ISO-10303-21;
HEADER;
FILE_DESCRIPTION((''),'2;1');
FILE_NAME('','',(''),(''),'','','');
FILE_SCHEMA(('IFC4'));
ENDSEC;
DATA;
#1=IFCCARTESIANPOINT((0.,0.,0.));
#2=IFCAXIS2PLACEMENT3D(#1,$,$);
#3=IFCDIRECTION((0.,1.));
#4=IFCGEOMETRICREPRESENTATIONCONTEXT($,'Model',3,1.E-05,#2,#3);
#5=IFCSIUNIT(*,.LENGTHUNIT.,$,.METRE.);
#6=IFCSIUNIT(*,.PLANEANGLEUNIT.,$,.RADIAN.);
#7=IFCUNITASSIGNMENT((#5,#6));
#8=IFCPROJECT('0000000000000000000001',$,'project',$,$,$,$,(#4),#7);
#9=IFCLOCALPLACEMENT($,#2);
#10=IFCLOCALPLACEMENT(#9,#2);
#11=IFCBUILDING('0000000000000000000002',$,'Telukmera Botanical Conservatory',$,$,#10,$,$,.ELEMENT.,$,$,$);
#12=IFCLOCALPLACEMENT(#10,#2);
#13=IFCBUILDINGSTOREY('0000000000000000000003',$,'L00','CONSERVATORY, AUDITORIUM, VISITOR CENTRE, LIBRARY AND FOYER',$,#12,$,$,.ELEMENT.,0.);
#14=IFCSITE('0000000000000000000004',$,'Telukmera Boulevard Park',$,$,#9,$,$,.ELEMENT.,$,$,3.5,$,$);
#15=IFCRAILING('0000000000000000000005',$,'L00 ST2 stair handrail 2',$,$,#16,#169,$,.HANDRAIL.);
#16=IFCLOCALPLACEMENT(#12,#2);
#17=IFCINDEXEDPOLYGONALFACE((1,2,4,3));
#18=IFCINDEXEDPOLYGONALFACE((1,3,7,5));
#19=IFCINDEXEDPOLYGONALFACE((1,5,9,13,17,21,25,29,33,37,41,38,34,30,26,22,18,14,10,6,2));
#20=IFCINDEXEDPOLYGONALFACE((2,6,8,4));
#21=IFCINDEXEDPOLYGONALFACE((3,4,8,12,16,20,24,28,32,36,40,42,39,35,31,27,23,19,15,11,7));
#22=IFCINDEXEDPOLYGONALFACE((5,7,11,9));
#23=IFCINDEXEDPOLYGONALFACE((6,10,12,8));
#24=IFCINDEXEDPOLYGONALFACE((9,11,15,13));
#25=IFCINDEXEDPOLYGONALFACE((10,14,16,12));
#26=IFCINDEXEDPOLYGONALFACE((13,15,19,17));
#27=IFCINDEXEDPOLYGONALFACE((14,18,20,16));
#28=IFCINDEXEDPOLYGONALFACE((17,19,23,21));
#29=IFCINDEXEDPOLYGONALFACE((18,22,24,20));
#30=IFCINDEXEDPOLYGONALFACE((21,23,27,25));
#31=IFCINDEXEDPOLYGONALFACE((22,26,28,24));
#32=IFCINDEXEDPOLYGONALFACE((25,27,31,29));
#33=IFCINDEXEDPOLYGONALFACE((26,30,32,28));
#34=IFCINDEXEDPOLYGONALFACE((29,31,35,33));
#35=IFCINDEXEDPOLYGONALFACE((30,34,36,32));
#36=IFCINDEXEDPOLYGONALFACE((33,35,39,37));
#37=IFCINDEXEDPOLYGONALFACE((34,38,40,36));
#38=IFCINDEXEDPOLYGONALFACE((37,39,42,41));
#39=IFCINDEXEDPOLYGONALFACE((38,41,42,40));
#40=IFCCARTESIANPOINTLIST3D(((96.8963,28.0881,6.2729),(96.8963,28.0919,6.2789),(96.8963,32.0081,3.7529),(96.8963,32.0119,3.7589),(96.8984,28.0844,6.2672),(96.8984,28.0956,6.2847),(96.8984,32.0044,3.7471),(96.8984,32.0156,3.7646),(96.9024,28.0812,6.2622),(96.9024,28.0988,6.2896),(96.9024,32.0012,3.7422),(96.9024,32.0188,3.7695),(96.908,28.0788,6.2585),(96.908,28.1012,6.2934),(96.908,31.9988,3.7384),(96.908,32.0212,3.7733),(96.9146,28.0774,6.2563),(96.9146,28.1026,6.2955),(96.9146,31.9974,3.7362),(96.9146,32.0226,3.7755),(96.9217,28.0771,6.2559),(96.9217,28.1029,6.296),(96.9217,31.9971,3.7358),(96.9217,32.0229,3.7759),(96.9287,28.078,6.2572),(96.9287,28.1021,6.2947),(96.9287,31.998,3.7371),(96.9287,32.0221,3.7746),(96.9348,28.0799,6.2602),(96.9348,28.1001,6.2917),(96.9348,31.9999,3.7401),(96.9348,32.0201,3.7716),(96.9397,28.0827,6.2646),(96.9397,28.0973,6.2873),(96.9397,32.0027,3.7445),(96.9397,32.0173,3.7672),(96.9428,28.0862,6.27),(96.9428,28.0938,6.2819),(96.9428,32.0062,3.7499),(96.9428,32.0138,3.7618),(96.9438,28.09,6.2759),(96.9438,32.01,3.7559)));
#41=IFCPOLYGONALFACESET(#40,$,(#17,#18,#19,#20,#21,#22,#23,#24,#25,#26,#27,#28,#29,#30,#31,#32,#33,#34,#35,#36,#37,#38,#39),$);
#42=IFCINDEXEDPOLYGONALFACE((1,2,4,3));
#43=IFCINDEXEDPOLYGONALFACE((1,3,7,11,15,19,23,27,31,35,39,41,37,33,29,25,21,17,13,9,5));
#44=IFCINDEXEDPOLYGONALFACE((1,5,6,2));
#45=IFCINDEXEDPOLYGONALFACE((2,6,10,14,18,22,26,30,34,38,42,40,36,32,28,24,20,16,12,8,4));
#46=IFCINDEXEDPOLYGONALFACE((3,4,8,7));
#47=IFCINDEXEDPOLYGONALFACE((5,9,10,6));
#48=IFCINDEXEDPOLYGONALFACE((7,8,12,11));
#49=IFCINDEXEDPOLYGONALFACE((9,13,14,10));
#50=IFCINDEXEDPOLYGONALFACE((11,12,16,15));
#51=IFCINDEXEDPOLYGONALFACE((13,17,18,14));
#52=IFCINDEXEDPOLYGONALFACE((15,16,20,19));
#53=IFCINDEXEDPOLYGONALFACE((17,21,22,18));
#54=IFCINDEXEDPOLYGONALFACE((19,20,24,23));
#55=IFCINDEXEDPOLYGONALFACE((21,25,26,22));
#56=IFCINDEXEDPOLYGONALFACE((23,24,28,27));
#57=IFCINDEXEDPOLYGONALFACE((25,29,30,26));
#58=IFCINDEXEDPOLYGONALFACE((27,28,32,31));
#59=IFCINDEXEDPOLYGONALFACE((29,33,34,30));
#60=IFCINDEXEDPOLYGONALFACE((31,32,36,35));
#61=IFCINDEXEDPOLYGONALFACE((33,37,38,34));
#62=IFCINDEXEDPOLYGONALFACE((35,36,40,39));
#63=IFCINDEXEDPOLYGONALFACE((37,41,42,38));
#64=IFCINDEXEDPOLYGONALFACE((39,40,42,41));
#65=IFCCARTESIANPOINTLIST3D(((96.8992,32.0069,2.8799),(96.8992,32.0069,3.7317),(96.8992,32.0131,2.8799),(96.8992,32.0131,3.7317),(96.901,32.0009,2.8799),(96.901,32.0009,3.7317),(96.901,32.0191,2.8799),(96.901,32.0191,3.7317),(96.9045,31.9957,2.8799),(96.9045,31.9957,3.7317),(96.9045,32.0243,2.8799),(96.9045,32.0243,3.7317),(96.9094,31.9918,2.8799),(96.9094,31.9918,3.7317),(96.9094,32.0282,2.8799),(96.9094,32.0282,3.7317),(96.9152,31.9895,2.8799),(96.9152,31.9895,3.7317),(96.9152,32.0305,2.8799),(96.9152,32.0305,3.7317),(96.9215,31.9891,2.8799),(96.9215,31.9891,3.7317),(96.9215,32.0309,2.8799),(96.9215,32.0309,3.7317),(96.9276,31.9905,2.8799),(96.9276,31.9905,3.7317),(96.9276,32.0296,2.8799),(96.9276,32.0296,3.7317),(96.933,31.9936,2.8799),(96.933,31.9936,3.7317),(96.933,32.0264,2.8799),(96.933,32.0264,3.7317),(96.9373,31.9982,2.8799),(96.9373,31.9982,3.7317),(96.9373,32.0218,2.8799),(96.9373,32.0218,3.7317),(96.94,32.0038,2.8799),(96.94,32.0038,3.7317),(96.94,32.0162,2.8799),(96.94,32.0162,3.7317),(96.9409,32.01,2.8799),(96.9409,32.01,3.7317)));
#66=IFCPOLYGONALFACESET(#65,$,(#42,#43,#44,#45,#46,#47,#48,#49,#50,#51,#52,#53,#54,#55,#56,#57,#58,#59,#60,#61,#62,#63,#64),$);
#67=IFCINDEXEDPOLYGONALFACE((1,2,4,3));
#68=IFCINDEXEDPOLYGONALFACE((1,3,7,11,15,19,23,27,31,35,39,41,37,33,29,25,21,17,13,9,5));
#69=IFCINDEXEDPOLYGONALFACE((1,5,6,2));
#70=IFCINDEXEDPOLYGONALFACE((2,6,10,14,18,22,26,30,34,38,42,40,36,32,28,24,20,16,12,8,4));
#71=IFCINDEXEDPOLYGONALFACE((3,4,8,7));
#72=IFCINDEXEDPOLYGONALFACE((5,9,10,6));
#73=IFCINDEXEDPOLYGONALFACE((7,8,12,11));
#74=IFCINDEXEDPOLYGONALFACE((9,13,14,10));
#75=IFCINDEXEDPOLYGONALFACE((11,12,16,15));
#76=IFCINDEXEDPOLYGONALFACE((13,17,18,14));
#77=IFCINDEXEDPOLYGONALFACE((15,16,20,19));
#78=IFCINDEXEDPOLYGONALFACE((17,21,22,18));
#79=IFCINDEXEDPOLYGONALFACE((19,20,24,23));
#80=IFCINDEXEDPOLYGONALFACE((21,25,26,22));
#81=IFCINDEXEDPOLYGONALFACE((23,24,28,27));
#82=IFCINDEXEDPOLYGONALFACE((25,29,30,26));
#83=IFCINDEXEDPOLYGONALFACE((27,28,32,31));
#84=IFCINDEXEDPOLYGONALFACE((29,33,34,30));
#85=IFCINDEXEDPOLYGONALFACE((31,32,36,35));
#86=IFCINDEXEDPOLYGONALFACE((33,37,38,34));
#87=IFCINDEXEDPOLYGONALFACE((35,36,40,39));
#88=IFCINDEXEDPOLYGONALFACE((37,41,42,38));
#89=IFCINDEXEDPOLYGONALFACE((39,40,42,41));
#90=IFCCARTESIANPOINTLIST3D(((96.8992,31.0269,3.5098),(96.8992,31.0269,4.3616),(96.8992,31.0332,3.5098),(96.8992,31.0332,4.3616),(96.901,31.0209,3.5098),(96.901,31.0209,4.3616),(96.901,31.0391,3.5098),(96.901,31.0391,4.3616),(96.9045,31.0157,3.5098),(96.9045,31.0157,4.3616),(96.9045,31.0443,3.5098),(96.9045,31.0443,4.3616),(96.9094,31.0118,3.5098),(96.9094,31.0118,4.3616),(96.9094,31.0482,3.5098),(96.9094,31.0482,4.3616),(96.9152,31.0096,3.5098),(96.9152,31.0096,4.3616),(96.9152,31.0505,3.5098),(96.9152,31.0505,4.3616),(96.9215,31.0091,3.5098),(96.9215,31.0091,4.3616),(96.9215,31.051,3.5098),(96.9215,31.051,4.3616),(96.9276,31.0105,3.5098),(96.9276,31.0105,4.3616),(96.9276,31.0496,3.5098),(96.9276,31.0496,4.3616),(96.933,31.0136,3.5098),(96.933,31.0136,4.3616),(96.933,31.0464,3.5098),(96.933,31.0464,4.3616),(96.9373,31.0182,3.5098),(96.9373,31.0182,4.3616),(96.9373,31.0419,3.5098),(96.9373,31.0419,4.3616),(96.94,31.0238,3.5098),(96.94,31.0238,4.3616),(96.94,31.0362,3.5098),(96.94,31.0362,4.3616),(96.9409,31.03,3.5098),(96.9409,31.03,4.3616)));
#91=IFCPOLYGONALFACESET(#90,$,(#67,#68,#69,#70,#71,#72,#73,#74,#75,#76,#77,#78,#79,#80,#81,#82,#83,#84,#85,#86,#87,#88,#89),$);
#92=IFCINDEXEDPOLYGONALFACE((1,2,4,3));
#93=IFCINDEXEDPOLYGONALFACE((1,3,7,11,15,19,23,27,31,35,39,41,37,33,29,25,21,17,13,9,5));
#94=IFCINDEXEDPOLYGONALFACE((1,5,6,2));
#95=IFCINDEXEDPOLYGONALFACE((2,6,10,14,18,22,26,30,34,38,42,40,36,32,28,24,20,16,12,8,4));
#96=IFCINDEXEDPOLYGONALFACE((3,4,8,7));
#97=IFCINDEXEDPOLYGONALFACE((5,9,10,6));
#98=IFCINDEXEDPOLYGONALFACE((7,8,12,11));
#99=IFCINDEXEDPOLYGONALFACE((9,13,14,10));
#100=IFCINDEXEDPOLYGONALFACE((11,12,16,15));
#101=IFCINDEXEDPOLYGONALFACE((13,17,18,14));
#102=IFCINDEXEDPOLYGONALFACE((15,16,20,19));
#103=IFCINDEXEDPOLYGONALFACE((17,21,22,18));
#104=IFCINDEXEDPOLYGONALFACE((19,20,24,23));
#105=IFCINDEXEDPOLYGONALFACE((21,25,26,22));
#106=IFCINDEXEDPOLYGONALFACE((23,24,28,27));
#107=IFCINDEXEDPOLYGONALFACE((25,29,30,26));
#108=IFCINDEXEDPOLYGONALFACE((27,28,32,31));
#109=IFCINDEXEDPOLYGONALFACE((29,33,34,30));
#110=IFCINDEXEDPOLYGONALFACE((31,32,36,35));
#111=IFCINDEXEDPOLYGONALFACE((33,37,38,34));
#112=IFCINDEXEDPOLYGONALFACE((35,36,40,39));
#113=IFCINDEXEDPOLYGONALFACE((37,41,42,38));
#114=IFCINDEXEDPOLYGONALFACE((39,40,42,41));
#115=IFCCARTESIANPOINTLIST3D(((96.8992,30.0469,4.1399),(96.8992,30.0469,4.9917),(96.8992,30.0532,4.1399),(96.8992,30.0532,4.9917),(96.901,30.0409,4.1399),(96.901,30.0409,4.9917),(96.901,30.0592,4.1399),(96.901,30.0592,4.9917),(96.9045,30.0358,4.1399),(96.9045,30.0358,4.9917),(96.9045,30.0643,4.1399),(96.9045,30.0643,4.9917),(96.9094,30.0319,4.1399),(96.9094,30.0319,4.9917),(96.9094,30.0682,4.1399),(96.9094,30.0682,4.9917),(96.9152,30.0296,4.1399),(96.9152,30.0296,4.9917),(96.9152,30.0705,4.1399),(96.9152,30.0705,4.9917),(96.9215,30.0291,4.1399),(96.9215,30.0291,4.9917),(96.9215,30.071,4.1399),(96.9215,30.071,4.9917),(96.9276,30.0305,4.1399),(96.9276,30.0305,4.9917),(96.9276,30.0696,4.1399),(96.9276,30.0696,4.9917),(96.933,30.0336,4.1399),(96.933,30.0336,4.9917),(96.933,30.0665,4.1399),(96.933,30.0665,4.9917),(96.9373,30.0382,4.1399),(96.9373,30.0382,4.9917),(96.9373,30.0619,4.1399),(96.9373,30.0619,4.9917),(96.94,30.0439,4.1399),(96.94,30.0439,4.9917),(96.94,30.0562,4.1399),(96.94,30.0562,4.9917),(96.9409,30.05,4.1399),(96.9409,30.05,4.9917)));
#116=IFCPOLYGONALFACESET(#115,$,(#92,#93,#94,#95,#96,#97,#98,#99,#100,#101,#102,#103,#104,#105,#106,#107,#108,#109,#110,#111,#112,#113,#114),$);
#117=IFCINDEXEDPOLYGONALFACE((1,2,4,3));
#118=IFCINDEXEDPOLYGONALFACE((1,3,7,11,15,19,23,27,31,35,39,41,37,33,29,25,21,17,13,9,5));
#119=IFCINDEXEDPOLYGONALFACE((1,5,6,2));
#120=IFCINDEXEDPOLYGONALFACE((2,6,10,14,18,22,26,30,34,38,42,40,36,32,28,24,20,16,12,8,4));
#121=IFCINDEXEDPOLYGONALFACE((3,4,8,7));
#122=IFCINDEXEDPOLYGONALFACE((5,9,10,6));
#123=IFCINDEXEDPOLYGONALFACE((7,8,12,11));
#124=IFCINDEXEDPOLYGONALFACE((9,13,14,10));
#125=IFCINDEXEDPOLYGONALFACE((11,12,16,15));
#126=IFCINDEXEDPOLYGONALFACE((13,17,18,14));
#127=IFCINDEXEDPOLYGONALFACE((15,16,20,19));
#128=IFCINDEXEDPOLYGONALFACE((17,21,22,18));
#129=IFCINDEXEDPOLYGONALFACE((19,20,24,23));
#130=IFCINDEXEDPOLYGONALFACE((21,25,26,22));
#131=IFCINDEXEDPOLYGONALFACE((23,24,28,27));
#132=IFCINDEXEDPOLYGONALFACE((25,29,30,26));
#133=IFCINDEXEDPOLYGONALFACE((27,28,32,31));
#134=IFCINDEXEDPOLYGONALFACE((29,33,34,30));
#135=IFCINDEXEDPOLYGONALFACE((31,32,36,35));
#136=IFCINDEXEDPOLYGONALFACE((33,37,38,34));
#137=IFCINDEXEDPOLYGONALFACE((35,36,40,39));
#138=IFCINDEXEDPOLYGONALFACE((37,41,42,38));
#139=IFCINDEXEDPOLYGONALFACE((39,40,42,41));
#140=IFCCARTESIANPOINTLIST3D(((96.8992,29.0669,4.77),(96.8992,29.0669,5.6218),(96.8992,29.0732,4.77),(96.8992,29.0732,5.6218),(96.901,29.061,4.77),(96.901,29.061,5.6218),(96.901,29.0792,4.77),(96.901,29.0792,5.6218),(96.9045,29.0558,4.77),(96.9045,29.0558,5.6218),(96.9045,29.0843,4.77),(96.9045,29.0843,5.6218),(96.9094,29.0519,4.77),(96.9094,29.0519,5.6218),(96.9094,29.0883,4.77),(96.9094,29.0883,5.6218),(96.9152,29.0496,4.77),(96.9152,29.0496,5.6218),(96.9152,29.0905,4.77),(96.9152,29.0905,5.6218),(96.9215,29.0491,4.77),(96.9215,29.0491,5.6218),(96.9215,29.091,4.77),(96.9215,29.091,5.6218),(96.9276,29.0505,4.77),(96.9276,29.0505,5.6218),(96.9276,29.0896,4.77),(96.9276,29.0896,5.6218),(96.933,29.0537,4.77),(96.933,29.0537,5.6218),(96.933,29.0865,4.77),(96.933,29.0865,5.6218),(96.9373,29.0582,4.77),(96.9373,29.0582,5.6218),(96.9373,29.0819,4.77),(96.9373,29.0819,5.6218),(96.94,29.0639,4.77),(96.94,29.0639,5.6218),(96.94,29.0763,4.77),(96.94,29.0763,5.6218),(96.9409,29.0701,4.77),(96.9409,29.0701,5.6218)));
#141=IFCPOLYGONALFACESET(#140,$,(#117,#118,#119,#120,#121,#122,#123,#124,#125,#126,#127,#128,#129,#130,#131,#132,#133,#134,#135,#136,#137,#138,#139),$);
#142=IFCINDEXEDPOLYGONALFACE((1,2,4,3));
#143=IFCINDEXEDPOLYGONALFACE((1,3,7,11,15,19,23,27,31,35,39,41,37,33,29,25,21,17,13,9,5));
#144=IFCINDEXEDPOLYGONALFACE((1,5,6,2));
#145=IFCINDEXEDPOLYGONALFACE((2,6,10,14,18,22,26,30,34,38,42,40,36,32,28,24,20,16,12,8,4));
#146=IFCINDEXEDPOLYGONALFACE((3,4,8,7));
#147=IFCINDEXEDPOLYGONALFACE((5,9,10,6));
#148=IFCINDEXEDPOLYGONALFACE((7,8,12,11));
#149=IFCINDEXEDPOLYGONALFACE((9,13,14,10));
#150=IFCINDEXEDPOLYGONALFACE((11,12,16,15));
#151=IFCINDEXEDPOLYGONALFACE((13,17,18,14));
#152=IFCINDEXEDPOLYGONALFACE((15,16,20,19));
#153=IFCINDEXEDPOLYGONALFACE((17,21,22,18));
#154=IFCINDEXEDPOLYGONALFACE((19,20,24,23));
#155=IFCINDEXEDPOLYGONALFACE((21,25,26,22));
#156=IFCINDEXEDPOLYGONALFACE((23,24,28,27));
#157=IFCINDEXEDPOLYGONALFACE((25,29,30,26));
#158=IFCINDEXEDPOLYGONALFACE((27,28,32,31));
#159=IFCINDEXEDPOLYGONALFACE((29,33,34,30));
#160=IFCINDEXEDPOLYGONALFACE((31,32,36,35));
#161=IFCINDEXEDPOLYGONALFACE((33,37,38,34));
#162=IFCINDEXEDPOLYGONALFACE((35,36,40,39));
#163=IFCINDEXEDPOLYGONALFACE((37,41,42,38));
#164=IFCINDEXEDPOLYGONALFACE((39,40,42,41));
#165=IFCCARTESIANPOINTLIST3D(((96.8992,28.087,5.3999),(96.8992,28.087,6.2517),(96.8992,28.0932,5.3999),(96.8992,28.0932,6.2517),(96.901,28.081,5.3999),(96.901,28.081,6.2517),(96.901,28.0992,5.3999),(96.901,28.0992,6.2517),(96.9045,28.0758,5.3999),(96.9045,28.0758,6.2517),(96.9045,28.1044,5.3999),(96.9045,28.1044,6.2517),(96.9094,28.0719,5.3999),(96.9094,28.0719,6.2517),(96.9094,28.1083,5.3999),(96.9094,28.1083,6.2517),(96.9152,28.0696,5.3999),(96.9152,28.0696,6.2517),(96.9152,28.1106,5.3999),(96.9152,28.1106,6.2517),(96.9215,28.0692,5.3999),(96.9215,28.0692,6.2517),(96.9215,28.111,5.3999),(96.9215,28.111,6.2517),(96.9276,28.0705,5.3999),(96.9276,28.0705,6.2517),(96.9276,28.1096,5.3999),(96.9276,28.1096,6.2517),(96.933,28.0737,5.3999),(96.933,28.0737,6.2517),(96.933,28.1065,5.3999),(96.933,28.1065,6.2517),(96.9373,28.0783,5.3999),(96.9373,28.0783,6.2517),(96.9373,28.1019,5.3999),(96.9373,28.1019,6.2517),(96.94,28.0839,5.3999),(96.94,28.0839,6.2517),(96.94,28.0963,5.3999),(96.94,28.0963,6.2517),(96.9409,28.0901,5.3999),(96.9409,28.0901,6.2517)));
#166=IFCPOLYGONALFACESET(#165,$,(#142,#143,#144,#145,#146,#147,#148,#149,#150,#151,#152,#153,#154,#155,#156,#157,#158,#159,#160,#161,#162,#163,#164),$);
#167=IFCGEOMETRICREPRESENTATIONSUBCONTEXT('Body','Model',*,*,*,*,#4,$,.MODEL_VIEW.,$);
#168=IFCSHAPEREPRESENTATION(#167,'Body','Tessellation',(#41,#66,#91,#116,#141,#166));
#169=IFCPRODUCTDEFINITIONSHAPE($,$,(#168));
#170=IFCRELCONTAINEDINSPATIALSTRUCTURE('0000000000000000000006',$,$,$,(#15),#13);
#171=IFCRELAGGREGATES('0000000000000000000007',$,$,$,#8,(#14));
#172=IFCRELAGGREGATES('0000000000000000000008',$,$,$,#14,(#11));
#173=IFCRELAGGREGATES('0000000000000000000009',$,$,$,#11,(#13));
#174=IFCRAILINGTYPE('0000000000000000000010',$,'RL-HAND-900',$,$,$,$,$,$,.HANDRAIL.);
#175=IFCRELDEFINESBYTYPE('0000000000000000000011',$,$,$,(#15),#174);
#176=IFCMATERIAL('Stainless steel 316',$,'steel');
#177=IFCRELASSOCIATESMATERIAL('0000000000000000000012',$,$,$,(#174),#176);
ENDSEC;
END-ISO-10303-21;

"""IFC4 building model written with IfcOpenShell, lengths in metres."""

from ifc_helpers import new_model, si_unit, direction, frame, origin, origin_2d, place, context, subcontext, project, spatial, circle, extrude, material, type_object, element, save


model = new_model("IFC4")

# Units and contexts
model_context = context("Model", 3, precision=1e-05, world=origin(), true_north=direction((0.0, 1.0)))
body_context = subcontext(model_context, "Body", "Model", "MODEL_VIEW")
ifc_project = project(units=[si_unit("LENGTHUNIT", "METRE"), si_unit("PLANEANGLEUNIT", "RADIAN")], contexts=[model_context])

# Site, building, storey
site_placement = place(None, origin())
site = spatial("IfcSite", under=ifc_project, at=site_placement, Name="Telukmera Boulevard Park", CompositionType="ELEMENT", RefElevation=3.5)
building_placement = place(site_placement, origin())
building = spatial("IfcBuilding", under=site, at=building_placement, Name="Telukmera Botanical Conservatory", CompositionType="ELEMENT")
storey_placement = place(building_placement, origin())
storey = spatial("IfcBuildingStorey", under=building, at=storey_placement, Name="L00", Description="CONSERVATORY, AUDITORIUM, VISITOR CENTRE, LIBRARY AND FOYER", CompositionType="ELEMENT", Elevation=0.0)

# Shared definitions
ifc_material_1 = material(Name="Stainless steel 316", Category="steel")

# Railing
railing_type_1 = type_object("IfcRailingType", Name="RL-HAND-900", PredefinedType="HANDRAIL", material=ifc_material_1)
railing_1_placement = place(storey_placement, frame((96.9199, 32.01, 2.8799)))
element("IfcRailing", 1, at=railing_1_placement, inside=storey, type_object=railing_type_1, Name="L00 ST2 stair handrail 2", PredefinedType="HANDRAIL", context=body_context, shape_type="SweptSolid", body=[
    extrude(circle(Radius=0.0239, at=origin_2d()), frame((0.0, 0.0, 0.876), z_axis=(0.0, -0.841172, 0.540768), x_axis=(1.0, 0.0, 0.0)), (0.0, 0.0, 1.0), 4.6602),
    extrude(circle(Radius=0.021, at=origin_2d()), origin(), (0.0, 0.0, 1.0), 0.8518),
    extrude(circle(Radius=0.021, at=origin_2d()), frame((0.0, -0.98, 0.6299)), (0.0, 0.0, 1.0), 0.8518),
    extrude(circle(Radius=0.021, at=origin_2d()), frame((0.0, -1.96, 1.26)), (0.0, 0.0, 1.0), 0.8518),
    extrude(circle(Radius=0.021, at=origin_2d()), frame((0.0, -2.9399, 1.8901)), (0.0, 0.0, 1.0), 0.8518),
    extrude(circle(Radius=0.021, at=origin_2d()), frame((0.0, -3.9199, 2.52)), (0.0, 0.0, 1.0), 0.8518),
])

save(model, "model.ifc")
